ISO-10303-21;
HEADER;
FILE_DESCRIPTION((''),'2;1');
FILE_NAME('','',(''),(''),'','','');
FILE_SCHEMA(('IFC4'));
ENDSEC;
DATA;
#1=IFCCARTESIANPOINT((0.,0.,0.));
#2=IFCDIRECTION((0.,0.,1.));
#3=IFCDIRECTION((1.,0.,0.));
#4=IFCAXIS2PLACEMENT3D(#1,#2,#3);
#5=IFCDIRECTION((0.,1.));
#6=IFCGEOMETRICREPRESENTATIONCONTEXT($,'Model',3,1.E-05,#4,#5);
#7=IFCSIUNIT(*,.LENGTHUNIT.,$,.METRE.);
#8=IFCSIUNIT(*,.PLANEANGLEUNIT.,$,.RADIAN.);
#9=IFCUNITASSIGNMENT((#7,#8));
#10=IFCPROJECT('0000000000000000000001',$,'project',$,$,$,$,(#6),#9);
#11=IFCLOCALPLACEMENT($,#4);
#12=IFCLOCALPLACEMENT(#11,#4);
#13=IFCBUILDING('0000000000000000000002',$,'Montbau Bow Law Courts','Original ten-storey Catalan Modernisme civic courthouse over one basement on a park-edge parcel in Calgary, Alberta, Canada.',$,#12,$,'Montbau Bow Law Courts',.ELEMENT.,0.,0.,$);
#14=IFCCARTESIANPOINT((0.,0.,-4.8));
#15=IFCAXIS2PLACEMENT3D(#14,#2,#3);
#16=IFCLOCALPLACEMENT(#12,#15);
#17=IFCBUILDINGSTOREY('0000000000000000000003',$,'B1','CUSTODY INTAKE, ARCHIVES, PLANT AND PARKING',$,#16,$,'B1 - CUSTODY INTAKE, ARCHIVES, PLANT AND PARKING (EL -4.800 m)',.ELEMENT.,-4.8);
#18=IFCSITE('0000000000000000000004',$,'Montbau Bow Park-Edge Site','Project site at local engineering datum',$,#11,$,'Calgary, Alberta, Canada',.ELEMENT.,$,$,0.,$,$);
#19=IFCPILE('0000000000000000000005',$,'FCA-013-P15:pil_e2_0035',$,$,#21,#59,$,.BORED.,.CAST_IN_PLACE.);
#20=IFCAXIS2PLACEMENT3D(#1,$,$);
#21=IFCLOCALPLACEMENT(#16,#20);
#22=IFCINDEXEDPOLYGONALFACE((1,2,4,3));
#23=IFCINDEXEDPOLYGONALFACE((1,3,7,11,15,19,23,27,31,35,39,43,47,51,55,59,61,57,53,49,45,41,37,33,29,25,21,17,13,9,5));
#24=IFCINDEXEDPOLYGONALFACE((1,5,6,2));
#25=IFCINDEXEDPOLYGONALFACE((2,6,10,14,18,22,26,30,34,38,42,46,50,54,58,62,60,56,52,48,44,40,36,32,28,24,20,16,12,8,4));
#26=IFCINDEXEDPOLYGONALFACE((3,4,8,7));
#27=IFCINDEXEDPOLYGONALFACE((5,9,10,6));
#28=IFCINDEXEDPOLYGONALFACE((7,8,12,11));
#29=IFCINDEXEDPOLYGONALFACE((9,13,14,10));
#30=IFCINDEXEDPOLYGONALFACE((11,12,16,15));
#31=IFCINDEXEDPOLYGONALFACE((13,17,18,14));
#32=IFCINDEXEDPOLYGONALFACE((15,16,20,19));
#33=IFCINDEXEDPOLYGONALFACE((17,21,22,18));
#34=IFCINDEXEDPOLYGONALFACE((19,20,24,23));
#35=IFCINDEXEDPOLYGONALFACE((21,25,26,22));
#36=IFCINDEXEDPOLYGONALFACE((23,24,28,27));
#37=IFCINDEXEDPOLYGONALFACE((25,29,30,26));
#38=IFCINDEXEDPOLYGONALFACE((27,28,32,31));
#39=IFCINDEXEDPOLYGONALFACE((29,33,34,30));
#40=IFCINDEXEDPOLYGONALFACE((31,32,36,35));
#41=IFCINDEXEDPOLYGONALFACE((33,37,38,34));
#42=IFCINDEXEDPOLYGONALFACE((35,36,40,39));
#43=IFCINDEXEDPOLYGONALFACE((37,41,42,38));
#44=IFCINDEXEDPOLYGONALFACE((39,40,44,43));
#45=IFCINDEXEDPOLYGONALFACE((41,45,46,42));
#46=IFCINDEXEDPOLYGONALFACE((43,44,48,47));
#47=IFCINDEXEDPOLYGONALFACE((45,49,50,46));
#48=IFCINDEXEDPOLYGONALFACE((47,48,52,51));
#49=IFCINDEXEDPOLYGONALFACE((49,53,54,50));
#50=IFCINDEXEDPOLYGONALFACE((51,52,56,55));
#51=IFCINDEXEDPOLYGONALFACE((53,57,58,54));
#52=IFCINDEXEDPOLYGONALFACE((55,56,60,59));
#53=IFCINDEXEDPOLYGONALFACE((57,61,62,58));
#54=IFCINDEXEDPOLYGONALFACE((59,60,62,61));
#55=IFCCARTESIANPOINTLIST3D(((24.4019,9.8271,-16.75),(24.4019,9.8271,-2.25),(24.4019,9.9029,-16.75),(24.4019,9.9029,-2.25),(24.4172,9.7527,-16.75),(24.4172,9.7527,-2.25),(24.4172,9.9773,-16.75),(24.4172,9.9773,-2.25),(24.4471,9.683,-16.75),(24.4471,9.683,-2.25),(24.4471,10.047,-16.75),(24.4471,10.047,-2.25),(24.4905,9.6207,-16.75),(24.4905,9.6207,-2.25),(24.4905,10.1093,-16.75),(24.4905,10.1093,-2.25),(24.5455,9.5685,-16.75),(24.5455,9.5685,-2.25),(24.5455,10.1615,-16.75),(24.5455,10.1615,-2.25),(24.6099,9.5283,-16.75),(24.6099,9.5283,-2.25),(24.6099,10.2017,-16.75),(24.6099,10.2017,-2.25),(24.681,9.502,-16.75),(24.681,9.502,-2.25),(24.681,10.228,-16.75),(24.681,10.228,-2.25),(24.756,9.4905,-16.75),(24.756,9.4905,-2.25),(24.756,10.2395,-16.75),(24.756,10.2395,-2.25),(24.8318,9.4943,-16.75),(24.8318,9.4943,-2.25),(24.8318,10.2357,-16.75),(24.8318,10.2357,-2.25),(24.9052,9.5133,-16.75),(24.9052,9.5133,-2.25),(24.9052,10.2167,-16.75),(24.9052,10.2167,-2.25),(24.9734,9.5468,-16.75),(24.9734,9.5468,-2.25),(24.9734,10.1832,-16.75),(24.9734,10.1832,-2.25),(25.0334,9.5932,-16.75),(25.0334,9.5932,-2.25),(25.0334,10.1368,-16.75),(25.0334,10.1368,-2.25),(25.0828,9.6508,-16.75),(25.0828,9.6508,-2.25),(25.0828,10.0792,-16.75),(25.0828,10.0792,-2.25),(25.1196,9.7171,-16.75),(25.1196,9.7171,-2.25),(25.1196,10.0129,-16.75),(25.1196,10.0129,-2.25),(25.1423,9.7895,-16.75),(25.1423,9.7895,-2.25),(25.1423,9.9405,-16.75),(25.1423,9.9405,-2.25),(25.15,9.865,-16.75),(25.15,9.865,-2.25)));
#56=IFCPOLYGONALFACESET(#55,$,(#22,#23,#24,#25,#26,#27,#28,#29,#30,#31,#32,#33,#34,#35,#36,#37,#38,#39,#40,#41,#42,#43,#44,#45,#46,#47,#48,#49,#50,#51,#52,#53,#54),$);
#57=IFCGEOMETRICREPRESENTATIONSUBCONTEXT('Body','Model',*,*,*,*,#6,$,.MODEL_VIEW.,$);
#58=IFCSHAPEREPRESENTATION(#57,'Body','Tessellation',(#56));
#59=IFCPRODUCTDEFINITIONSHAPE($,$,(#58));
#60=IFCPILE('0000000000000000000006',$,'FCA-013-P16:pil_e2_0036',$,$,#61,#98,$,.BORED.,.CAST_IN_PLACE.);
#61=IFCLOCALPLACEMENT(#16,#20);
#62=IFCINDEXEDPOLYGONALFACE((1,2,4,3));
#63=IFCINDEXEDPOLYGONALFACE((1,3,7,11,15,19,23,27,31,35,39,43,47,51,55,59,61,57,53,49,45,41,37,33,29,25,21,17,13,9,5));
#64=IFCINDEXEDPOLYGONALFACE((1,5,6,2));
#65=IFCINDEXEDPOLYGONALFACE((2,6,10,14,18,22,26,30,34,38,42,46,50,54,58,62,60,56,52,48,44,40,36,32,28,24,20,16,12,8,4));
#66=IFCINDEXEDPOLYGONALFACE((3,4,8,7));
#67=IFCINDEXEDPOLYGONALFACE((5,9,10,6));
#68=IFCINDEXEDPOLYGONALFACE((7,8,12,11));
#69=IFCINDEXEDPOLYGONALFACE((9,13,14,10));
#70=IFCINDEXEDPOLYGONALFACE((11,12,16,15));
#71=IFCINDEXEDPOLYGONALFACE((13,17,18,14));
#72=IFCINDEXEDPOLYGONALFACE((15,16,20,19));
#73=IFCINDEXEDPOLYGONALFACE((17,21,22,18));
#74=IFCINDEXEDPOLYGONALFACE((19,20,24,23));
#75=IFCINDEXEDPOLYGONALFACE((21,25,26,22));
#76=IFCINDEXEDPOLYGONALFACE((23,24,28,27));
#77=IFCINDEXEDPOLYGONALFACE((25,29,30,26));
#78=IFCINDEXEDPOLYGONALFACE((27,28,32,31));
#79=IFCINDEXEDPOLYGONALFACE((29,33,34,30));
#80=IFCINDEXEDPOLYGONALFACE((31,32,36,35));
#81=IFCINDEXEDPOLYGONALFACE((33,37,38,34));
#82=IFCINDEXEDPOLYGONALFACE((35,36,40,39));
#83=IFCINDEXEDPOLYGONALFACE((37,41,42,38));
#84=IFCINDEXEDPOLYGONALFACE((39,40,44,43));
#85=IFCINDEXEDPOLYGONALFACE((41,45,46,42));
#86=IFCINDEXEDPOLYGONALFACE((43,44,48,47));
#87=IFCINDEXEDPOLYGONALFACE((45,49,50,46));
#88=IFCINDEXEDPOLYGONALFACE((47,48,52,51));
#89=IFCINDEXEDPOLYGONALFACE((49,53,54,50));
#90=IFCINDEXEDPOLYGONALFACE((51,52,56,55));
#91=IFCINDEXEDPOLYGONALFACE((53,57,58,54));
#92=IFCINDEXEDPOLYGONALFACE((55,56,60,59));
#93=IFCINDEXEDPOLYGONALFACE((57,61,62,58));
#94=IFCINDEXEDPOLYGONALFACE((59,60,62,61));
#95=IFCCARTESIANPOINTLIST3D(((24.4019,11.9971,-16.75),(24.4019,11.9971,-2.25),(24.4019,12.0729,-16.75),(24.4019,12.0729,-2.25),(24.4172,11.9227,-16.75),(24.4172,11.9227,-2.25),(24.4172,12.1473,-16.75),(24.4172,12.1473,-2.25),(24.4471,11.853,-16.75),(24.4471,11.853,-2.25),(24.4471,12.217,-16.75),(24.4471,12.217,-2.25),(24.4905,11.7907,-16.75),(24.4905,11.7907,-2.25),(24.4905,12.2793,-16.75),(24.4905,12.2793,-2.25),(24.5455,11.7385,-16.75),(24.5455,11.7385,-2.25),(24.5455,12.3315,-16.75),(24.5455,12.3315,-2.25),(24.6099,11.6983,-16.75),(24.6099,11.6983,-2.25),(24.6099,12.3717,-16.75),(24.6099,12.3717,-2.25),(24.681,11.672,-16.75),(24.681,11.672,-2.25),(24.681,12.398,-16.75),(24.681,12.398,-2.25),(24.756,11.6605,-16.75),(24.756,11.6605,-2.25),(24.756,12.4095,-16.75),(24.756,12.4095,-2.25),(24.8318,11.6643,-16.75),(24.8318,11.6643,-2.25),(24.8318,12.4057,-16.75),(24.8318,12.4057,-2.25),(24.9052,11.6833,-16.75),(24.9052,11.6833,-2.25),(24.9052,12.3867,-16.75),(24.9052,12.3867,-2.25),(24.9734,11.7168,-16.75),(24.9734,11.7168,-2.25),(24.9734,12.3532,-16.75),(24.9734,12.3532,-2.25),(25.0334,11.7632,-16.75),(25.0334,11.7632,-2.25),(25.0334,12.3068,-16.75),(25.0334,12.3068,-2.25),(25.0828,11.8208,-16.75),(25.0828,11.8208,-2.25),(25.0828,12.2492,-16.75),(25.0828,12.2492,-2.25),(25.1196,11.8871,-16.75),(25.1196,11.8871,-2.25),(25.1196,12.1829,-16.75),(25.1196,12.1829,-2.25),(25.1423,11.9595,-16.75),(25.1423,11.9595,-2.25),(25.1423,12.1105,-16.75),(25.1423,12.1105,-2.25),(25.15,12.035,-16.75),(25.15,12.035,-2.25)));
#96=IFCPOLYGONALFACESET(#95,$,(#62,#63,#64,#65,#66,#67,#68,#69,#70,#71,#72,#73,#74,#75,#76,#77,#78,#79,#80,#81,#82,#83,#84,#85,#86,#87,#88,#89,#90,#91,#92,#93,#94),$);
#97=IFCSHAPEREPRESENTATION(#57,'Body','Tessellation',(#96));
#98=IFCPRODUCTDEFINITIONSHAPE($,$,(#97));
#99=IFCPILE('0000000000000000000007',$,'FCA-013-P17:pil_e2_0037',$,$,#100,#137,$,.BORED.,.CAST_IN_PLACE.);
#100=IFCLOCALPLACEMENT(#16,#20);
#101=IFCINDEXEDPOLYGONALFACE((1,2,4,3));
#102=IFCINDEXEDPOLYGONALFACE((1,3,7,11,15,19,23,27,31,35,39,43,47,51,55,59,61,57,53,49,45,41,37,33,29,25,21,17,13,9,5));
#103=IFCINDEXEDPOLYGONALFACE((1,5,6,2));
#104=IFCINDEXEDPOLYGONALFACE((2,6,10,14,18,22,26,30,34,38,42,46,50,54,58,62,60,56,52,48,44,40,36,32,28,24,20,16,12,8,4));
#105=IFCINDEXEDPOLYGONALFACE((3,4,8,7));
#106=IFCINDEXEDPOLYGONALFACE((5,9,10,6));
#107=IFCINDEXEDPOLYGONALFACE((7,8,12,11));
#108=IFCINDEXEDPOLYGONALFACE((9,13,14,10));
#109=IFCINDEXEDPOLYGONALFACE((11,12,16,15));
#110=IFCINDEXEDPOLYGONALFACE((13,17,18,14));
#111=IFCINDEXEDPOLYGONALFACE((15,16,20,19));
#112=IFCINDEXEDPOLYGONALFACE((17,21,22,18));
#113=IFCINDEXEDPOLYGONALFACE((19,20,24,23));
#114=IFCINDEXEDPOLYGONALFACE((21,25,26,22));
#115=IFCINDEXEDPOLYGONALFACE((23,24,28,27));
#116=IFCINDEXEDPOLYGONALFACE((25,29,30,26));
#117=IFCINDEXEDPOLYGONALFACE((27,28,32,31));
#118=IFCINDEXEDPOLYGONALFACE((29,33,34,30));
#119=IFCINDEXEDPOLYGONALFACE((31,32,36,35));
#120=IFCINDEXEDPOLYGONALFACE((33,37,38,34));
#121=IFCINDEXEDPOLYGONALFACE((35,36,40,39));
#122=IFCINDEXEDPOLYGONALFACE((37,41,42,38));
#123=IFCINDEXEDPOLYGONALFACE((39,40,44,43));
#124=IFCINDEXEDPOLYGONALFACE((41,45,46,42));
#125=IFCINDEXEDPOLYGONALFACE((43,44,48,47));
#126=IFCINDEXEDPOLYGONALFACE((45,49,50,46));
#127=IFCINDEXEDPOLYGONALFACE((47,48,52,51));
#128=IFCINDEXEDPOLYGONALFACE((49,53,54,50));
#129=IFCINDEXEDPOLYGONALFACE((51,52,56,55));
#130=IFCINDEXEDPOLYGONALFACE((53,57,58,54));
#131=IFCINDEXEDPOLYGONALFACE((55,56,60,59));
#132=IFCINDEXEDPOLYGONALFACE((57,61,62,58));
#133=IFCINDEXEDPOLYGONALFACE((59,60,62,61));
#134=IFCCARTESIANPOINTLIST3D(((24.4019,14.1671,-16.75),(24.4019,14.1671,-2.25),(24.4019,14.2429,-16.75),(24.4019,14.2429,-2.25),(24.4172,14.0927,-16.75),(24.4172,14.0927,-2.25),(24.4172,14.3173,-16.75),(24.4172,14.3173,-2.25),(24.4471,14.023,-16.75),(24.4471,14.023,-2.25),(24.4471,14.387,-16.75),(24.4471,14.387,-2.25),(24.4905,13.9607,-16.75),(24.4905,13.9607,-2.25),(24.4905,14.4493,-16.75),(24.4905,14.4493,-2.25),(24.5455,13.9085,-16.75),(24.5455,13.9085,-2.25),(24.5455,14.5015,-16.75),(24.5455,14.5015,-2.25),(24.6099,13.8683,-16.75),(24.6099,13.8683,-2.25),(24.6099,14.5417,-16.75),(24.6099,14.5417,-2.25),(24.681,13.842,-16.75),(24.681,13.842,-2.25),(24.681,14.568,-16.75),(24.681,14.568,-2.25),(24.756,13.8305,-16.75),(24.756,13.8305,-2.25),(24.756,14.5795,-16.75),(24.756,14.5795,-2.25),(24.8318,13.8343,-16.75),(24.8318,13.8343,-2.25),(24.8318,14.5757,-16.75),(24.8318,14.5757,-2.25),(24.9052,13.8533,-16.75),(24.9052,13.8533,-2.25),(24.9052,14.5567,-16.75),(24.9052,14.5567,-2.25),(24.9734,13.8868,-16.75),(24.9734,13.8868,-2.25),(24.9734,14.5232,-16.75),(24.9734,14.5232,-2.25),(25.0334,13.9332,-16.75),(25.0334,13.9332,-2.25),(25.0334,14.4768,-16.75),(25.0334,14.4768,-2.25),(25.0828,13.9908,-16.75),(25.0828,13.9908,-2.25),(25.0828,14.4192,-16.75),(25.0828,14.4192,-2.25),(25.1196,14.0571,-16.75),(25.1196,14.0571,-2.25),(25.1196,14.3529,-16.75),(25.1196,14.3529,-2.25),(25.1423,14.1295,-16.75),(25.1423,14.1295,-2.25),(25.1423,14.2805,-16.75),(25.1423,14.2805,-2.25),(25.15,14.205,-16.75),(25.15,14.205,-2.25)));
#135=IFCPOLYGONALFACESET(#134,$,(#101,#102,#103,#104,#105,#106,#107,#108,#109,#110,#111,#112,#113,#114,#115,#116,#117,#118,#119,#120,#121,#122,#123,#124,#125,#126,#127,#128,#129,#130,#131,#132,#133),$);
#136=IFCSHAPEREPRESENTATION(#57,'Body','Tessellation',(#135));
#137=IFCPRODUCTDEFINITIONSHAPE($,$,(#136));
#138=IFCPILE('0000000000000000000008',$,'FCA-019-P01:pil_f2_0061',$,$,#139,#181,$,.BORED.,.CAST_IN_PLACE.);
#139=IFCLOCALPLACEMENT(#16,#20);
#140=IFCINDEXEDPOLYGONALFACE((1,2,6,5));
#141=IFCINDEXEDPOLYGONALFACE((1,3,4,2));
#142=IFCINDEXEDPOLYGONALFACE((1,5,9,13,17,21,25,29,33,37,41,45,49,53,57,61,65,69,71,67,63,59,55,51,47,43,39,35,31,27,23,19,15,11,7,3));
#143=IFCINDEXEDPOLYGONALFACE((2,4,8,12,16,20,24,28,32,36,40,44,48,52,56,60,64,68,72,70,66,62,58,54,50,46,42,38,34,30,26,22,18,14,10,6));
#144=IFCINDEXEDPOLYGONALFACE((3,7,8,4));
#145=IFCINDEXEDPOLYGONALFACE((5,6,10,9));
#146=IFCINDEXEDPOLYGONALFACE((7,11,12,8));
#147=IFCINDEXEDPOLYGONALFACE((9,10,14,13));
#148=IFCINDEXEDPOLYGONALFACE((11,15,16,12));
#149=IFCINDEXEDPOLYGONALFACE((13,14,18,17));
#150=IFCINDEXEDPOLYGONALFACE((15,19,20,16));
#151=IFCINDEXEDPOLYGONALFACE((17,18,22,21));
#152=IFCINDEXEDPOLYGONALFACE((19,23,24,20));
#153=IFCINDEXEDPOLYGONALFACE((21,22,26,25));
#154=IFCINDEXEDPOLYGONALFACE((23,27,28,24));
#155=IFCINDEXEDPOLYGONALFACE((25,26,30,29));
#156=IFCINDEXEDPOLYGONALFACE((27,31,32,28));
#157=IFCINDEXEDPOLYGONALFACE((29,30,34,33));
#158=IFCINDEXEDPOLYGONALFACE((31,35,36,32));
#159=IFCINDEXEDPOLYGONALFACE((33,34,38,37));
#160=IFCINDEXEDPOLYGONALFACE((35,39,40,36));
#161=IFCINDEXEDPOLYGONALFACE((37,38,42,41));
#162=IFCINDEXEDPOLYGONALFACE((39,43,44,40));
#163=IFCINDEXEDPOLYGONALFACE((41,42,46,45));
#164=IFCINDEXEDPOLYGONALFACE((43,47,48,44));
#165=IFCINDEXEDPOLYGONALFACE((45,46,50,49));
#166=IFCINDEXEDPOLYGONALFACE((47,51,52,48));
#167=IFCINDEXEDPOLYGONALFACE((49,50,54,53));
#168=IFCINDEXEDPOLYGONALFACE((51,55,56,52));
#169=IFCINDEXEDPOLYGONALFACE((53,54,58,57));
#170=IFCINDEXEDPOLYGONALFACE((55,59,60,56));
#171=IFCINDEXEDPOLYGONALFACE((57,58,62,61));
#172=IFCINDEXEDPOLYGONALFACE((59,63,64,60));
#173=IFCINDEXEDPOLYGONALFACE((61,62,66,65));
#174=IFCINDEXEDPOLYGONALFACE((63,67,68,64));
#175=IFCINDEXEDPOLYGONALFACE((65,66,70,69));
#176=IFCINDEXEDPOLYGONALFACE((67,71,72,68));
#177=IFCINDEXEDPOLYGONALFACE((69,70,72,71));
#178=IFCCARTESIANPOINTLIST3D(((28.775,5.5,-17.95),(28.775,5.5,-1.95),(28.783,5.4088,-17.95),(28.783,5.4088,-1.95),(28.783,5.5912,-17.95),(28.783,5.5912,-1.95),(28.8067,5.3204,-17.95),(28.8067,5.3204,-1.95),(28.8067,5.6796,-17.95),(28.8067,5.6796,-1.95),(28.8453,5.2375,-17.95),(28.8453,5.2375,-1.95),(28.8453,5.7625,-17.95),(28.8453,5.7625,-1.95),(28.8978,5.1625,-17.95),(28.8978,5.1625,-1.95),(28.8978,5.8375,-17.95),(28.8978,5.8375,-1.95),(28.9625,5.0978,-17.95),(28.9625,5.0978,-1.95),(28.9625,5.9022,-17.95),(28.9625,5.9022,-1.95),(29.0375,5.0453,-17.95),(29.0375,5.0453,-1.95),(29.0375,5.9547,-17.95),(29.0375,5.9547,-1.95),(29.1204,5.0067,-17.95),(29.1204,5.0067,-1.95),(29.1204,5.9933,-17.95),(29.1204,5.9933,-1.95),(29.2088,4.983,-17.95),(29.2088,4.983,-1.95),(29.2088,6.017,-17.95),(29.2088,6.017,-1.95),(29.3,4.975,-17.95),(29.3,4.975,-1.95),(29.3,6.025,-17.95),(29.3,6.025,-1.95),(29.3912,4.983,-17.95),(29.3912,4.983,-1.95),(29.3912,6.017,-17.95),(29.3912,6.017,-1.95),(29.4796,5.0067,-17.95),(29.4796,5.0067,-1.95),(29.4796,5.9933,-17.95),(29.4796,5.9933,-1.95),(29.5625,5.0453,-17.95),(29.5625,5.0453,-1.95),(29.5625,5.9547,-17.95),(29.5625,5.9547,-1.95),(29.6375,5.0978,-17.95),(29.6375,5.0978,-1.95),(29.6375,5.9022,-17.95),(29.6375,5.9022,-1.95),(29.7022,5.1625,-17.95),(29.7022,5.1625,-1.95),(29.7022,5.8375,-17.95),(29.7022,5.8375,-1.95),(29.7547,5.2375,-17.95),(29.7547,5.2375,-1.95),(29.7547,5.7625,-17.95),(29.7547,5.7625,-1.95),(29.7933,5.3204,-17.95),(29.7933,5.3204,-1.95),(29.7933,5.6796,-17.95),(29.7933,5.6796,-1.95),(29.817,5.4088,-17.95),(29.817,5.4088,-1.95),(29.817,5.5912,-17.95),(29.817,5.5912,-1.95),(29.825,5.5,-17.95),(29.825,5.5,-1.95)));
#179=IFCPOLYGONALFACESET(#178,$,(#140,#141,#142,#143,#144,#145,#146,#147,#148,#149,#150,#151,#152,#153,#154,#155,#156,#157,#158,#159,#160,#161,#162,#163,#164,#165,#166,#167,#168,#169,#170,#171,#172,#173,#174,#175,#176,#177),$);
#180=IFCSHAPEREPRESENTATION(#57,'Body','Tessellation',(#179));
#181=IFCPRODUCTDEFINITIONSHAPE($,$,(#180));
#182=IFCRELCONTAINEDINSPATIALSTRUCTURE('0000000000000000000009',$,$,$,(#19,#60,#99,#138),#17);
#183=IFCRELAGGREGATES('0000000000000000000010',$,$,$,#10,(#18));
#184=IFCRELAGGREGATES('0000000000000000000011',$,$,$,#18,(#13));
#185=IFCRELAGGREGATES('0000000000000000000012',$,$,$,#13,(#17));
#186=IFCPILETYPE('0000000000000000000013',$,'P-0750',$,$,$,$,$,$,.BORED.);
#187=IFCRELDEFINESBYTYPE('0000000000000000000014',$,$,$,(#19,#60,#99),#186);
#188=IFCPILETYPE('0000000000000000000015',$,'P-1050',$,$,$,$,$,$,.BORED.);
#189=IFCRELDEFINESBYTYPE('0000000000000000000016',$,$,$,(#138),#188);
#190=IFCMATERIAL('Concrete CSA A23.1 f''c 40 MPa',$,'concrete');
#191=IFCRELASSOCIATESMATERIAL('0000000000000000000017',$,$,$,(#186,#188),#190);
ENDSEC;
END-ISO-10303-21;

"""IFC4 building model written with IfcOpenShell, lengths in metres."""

from ifc_helpers import new_model, si_unit, direction, frame, origin_with_axes, origin_2d_with_axis, place, context, subcontext, project, spatial, circle, extrude, material, material_profile, profile_set, type_object, element, save


model = new_model("IFC4")

# Units and contexts
model_context = context("Model", 3, precision=1e-05, world=origin_with_axes(), true_north=direction((0.0, 1.0)))
body_context = subcontext(model_context, "Body", "Model", "MODEL_VIEW")
ifc_project = project(units=[si_unit("LENGTHUNIT", "METRE"), si_unit("PLANEANGLEUNIT", "RADIAN")], contexts=[model_context])

# Site, building, storey
site_placement = place(None, origin_with_axes())
site = spatial("IfcSite", under=ifc_project, at=site_placement, Name="Montbau Bow Park-Edge Site", Description="Project site at local engineering datum", LongName="Calgary, Alberta, Canada", CompositionType="ELEMENT", RefElevation=0.0)
building_placement = place(site_placement, origin_with_axes())
building = spatial("IfcBuilding", under=site, at=building_placement, Name="Montbau Bow Law Courts", Description="Original ten-storey Catalan Modernisme civic courthouse over one basement on a park-edge parcel in Calgary, Alberta, Canada.", LongName="Montbau Bow Law Courts", CompositionType="ELEMENT", ElevationOfRefHeight=0.0, ElevationOfTerrain=0.0)
storey_placement = place(building_placement, frame((0.0, 0.0, -4.8), z_axis=(0.0, 0.0, 1.0), x_axis=(1.0, 0.0, 0.0)))
storey = spatial("IfcBuildingStorey", under=building, at=storey_placement, Name="B1", Description="CUSTODY INTAKE, ARCHIVES, PLANT AND PARKING", LongName="B1 - CUSTODY INTAKE, ARCHIVES, PLANT AND PARKING (EL -4.800 m)", CompositionType="ELEMENT", Elevation=-4.8)

# Piles
ifc_material_1 = material(Name="Concrete CSA A23.1 f'c 40 MPa", Category="concrete")
ifc_material_profile_1 = material_profile(ifc_material_1, circle(Radius=0.375, at=origin_2d_with_axis()), Name="BP750", Category="Main", Priority=0)
ifc_profile_set_1 = profile_set([ifc_material_profile_1], Name="Concrete CSA A23.1 f'c 40 MPa")
pile_type_1 = type_object("IfcPileType", Name="P-0750", PredefinedType="BORED", material=ifc_profile_set_1)
for number, where, z_axis, x_axis, name in (
    (1, (24.775, 9.865, -21.55), (0.0, 0.0, 1.0), (1.0, 0.0, 0.0), "FCA-013-P15:pil_e2_0035"),
    (2, (24.775, 12.035, -21.55), (0.0, 0.0, 1.0), (1.0, 0.0, 0.0), "FCA-013-P16:pil_e2_0036"),
    (3, (24.775, 14.205, -21.55), (0.0, 0.0, 1.0), (1.0, 0.0, 0.0), "FCA-013-P17:pil_e2_0037"),
):
    element("IfcPile", number, at=place(None, frame(where, z_axis=z_axis, x_axis=x_axis)), inside=storey, type_object=pile_type_1, Name=name, ConstructionType="CAST_IN_PLACE", PredefinedType="BORED", context=body_context, shape_type="SweptSolid", body=[
        extrude(circle(Radius=0.375, at=origin_2d_with_axis()), origin_with_axes(), (0.0, 0.0, 1.0), 14.5),
    ])
ifc_material_profile_2 = material_profile(ifc_material_1, circle(Radius=0.525, at=origin_2d_with_axis()), Name="BP1050", Category="Main", Priority=0)
ifc_profile_set_2 = profile_set([ifc_material_profile_2], Name="Concrete CSA A23.1 f'c 40 MPa")
pile_type_2 = type_object("IfcPileType", Name="P-1050", PredefinedType="BORED", material=ifc_profile_set_2)
for number, where, z_axis, x_axis, name in (
    (4, (29.3, 5.5, -22.75), (0.0, 0.0, 1.0), (1.0, 0.0, 0.0), "FCA-019-P01:pil_f2_0061"),
):
    element("IfcPile", number, at=place(None, frame(where, z_axis=z_axis, x_axis=x_axis)), inside=storey, type_object=pile_type_2, Name=name, ConstructionType="CAST_IN_PLACE", PredefinedType="BORED", context=body_context, shape_type="SweptSolid", body=[
        extrude(circle(Radius=0.525, at=origin_2d_with_axis()), origin_with_axes(), (0.0, 0.0, 1.0), 16.0),
    ])

save(model, "model.ifc")
